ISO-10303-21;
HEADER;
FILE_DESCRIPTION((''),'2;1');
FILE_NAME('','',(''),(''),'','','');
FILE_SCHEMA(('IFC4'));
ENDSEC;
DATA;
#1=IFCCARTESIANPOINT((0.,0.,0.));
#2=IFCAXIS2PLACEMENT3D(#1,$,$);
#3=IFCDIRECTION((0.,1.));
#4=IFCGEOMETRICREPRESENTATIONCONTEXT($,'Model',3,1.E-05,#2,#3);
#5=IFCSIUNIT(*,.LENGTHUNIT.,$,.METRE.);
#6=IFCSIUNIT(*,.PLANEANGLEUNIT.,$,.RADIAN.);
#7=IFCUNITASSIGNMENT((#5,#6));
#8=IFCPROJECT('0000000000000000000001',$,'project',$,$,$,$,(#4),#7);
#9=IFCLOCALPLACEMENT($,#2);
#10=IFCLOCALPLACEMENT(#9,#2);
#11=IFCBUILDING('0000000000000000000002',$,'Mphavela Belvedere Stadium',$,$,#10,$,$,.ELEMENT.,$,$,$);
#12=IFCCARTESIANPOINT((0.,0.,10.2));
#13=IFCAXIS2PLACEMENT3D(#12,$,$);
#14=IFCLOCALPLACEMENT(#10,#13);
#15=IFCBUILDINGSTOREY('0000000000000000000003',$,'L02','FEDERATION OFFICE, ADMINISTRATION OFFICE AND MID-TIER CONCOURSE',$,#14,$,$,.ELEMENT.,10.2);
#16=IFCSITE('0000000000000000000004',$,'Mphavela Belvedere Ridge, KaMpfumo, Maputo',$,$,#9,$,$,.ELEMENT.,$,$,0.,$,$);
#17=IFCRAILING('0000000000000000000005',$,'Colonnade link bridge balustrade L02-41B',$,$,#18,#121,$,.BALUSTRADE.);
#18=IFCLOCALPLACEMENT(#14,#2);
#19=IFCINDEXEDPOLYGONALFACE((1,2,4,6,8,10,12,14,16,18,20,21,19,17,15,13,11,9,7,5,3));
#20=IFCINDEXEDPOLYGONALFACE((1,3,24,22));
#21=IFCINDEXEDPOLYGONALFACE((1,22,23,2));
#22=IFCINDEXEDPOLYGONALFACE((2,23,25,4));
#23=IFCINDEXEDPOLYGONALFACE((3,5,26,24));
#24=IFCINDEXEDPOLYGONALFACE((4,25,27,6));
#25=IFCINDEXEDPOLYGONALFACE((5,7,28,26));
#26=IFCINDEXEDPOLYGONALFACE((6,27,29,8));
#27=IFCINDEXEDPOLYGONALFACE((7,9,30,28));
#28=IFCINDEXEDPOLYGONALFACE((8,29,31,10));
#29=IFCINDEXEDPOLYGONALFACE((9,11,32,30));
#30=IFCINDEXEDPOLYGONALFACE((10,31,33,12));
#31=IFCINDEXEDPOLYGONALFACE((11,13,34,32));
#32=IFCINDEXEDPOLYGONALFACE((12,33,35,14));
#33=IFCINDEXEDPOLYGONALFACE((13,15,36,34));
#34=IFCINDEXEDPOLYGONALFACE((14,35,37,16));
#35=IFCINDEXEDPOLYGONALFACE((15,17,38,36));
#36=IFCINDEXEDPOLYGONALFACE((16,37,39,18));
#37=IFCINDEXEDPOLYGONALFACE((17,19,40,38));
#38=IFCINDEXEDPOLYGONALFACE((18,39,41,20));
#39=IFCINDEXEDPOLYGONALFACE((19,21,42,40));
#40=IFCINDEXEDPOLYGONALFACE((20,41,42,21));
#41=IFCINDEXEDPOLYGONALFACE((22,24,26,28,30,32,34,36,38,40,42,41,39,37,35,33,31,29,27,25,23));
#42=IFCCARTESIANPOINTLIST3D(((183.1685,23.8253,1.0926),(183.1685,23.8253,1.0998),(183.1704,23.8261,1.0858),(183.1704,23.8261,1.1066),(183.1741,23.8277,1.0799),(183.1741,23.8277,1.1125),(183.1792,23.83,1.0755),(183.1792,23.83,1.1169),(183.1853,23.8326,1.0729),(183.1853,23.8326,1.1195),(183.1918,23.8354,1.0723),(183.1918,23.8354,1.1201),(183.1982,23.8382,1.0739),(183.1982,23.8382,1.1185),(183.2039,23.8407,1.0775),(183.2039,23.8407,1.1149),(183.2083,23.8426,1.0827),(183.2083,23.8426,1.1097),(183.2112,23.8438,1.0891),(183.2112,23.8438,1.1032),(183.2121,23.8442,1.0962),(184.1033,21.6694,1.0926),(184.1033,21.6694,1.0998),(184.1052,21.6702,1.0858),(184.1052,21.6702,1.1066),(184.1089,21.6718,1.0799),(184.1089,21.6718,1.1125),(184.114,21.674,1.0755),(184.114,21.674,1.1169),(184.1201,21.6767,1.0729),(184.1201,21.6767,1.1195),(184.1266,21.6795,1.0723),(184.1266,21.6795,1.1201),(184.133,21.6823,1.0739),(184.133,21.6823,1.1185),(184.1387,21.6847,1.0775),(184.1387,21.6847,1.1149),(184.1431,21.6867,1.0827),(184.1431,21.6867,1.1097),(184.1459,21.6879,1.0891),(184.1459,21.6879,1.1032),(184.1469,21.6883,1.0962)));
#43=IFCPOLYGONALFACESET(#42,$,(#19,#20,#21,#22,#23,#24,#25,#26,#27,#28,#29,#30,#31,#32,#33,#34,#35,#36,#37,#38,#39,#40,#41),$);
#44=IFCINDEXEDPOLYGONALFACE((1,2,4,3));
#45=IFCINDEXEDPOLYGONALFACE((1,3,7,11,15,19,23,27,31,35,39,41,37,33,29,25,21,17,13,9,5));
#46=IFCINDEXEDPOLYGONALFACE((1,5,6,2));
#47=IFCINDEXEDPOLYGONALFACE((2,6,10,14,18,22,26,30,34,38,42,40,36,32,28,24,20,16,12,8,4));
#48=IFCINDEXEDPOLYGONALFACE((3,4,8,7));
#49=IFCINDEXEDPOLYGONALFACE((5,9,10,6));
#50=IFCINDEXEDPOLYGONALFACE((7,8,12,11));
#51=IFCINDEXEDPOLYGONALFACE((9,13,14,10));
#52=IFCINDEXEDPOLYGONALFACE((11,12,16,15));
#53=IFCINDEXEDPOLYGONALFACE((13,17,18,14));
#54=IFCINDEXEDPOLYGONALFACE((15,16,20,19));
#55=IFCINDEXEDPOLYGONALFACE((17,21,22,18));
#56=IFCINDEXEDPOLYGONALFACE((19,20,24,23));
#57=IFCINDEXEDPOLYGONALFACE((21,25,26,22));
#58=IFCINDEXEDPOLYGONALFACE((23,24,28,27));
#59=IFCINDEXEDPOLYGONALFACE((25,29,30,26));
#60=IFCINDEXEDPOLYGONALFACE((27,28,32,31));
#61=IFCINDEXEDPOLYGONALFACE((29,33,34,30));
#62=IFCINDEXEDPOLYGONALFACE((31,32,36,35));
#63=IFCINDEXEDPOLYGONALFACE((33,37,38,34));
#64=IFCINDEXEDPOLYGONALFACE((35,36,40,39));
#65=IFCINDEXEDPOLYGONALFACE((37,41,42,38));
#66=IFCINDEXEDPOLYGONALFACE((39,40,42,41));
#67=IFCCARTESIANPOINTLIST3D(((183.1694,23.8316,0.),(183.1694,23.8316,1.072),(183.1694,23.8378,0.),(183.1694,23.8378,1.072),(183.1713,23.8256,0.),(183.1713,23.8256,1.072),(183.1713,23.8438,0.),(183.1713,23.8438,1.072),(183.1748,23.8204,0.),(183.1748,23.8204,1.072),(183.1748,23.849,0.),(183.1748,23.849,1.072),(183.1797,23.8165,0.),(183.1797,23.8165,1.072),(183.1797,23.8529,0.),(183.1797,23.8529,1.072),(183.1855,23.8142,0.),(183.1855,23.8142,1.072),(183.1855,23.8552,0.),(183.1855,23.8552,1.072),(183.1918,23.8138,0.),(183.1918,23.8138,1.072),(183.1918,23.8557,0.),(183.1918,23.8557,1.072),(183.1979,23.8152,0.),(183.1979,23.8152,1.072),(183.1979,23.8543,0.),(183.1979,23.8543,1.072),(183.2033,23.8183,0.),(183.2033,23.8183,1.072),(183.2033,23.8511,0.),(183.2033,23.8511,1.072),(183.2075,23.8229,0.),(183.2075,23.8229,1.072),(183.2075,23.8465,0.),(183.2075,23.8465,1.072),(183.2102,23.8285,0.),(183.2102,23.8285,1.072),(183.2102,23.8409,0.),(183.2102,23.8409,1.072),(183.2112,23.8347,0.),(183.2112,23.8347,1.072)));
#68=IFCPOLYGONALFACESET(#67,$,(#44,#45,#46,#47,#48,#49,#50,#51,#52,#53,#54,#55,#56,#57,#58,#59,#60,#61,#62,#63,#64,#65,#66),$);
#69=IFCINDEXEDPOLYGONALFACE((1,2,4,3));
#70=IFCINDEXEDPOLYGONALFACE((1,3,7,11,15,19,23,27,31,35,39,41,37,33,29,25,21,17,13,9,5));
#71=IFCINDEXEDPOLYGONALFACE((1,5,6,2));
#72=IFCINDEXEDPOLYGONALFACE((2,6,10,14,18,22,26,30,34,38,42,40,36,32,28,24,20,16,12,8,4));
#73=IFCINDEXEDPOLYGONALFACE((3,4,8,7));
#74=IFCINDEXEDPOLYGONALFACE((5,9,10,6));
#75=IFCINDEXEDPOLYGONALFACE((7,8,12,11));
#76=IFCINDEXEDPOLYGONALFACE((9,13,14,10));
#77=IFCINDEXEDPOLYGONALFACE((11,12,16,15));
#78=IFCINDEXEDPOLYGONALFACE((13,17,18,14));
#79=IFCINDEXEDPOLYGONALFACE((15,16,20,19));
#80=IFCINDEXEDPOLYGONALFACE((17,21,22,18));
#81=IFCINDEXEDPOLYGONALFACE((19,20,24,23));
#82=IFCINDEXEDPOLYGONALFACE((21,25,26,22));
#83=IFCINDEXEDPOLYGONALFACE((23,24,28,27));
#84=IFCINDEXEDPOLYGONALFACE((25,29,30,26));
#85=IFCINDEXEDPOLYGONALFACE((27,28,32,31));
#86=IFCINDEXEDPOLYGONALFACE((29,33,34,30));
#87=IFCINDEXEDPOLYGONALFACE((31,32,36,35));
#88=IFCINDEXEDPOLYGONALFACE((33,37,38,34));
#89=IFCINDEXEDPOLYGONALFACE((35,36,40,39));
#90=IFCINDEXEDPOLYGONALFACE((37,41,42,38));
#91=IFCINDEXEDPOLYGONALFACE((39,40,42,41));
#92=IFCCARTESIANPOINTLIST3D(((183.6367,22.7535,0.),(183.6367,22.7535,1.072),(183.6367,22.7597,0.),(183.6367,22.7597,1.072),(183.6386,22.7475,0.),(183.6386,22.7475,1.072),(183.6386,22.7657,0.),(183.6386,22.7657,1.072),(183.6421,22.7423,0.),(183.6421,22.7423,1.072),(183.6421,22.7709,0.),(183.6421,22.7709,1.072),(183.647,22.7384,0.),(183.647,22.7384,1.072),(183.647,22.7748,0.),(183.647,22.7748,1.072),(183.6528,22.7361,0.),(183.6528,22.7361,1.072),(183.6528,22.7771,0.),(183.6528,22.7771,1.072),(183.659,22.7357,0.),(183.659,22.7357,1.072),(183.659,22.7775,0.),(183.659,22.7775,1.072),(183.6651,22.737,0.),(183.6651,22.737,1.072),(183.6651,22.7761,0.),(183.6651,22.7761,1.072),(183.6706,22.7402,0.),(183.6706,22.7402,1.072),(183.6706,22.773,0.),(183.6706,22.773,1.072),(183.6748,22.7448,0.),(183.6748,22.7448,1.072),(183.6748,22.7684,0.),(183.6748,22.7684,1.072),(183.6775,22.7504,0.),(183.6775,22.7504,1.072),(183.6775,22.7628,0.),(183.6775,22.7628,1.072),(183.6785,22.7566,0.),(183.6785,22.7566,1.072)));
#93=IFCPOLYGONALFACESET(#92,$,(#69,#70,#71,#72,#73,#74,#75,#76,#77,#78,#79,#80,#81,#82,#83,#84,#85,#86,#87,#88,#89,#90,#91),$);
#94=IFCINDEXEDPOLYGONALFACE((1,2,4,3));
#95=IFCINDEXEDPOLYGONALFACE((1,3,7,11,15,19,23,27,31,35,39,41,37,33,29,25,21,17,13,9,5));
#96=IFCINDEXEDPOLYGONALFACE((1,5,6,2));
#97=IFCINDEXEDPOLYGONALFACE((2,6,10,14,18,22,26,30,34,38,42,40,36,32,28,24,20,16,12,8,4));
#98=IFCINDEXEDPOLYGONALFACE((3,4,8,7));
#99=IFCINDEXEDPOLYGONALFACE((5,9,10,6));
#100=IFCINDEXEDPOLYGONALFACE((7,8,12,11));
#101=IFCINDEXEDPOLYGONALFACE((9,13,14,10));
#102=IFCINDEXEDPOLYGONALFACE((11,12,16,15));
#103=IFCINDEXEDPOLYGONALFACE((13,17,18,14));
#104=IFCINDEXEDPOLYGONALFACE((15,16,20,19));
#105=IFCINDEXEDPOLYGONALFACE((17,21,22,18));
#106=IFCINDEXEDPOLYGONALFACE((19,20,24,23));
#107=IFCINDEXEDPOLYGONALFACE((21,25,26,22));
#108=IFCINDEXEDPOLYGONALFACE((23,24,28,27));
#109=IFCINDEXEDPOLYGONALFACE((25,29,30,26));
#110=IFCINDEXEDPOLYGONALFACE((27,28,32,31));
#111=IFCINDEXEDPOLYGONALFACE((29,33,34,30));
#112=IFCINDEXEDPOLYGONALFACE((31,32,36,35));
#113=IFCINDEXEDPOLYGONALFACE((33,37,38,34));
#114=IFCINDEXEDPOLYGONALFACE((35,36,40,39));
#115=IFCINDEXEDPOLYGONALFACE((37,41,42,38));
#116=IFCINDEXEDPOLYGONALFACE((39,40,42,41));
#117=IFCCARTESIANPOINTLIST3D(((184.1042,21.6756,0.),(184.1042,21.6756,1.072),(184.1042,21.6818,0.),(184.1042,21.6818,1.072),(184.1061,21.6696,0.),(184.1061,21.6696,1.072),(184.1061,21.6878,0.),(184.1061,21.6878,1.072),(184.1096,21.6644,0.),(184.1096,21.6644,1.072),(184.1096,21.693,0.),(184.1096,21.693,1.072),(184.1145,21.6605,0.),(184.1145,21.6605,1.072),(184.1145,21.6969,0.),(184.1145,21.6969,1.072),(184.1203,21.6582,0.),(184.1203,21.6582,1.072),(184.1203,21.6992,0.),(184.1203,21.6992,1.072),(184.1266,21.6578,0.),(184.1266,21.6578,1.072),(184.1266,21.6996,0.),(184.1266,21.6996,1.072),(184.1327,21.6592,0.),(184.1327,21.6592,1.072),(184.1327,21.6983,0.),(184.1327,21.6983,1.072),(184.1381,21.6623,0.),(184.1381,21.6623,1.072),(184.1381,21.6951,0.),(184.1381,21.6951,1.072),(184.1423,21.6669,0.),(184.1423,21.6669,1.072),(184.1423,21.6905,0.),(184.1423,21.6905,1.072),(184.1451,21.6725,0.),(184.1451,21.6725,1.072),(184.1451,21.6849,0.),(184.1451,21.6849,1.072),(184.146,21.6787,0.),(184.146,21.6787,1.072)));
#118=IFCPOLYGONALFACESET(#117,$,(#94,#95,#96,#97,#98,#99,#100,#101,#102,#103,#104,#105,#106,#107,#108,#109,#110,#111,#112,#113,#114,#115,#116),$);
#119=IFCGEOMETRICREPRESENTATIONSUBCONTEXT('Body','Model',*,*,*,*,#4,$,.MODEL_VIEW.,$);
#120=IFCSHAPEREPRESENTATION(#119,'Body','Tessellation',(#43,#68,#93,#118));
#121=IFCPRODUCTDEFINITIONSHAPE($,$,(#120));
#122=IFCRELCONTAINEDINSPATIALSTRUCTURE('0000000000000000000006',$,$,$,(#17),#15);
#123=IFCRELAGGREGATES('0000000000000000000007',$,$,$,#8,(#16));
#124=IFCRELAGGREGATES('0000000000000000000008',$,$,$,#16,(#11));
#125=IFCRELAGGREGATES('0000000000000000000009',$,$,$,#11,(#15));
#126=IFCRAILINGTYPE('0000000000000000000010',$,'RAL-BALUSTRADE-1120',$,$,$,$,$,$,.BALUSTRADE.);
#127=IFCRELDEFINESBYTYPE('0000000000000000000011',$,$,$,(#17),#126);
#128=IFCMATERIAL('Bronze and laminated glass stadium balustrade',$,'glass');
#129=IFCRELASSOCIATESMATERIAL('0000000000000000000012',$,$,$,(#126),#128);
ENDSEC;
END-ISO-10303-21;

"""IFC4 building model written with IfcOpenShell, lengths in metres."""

from ifc_helpers import new_model, si_unit, direction, frame, origin, origin_2d, place, context, subcontext, project, spatial, circle, extrude, material, type_object, element, save


model = new_model("IFC4")

# Units and contexts
model_context = context("Model", 3, precision=1e-05, world=origin(), true_north=direction((0.0, 1.0)))
body_context = subcontext(model_context, "Body", "Model", "MODEL_VIEW")
ifc_project = project(units=[si_unit("LENGTHUNIT", "METRE"), si_unit("PLANEANGLEUNIT", "RADIAN")], contexts=[model_context])

# Site, building, storey
site_placement = place(None, origin())
site = spatial("IfcSite", under=ifc_project, at=site_placement, Name="Mphavela Belvedere Ridge, KaMpfumo, Maputo", CompositionType="ELEMENT", RefElevation=0.0)
building_placement = place(site_placement, origin())
building = spatial("IfcBuilding", under=site, at=building_placement, Name="Mphavela Belvedere Stadium", CompositionType="ELEMENT")
storey_placement = place(building_placement, frame((0.0, 0.0, 10.2)))
storey = spatial("IfcBuildingStorey", under=building, at=storey_placement, Name="L02", Description="FEDERATION OFFICE, ADMINISTRATION OFFICE AND MID-TIER CONCOURSE", CompositionType="ELEMENT", Elevation=10.2)

# Railing
ifc_material_1 = material(Name="Bronze and laminated glass stadium balustrade", Category="glass")
railing_type = type_object("IfcRailingType", Name="RAL-BALUSTRADE-1120", PredefinedType="BALUSTRADE", material=ifc_material_1)
railing_1_placement = place(storey_placement, frame((183.1902, 23.8347, 0.0)))
element("IfcRailing", 1, at=railing_1_placement, inside=storey, type_object=railing_type, Name="Colonnade link bridge balustrade L02-41B", PredefinedType="BALUSTRADE", context=body_context, shape_type="SweptSolid", body=[
    extrude(circle(Radius=0.0239, at=origin_2d()), frame((0.0, 0.0, 1.0962), z_axis=(0.397803, -0.917471, 0.0), x_axis=(0.917471, 0.397803, 0.0)), (0.0, 0.0, 1.0), 2.3499),
    extrude(circle(Radius=0.021, at=origin_2d()), origin(), (0.0, 0.0, 1.0), 1.072),
    extrude(circle(Radius=0.021, at=origin_2d()), frame((0.4673, -1.0781, 0.0)), (0.0, 0.0, 1.0), 1.072),
    extrude(circle(Radius=0.021, at=origin_2d()), frame((0.9348, -2.156, 0.0)), (0.0, 0.0, 1.0), 1.072),
])

save(model, "model.ifc")
